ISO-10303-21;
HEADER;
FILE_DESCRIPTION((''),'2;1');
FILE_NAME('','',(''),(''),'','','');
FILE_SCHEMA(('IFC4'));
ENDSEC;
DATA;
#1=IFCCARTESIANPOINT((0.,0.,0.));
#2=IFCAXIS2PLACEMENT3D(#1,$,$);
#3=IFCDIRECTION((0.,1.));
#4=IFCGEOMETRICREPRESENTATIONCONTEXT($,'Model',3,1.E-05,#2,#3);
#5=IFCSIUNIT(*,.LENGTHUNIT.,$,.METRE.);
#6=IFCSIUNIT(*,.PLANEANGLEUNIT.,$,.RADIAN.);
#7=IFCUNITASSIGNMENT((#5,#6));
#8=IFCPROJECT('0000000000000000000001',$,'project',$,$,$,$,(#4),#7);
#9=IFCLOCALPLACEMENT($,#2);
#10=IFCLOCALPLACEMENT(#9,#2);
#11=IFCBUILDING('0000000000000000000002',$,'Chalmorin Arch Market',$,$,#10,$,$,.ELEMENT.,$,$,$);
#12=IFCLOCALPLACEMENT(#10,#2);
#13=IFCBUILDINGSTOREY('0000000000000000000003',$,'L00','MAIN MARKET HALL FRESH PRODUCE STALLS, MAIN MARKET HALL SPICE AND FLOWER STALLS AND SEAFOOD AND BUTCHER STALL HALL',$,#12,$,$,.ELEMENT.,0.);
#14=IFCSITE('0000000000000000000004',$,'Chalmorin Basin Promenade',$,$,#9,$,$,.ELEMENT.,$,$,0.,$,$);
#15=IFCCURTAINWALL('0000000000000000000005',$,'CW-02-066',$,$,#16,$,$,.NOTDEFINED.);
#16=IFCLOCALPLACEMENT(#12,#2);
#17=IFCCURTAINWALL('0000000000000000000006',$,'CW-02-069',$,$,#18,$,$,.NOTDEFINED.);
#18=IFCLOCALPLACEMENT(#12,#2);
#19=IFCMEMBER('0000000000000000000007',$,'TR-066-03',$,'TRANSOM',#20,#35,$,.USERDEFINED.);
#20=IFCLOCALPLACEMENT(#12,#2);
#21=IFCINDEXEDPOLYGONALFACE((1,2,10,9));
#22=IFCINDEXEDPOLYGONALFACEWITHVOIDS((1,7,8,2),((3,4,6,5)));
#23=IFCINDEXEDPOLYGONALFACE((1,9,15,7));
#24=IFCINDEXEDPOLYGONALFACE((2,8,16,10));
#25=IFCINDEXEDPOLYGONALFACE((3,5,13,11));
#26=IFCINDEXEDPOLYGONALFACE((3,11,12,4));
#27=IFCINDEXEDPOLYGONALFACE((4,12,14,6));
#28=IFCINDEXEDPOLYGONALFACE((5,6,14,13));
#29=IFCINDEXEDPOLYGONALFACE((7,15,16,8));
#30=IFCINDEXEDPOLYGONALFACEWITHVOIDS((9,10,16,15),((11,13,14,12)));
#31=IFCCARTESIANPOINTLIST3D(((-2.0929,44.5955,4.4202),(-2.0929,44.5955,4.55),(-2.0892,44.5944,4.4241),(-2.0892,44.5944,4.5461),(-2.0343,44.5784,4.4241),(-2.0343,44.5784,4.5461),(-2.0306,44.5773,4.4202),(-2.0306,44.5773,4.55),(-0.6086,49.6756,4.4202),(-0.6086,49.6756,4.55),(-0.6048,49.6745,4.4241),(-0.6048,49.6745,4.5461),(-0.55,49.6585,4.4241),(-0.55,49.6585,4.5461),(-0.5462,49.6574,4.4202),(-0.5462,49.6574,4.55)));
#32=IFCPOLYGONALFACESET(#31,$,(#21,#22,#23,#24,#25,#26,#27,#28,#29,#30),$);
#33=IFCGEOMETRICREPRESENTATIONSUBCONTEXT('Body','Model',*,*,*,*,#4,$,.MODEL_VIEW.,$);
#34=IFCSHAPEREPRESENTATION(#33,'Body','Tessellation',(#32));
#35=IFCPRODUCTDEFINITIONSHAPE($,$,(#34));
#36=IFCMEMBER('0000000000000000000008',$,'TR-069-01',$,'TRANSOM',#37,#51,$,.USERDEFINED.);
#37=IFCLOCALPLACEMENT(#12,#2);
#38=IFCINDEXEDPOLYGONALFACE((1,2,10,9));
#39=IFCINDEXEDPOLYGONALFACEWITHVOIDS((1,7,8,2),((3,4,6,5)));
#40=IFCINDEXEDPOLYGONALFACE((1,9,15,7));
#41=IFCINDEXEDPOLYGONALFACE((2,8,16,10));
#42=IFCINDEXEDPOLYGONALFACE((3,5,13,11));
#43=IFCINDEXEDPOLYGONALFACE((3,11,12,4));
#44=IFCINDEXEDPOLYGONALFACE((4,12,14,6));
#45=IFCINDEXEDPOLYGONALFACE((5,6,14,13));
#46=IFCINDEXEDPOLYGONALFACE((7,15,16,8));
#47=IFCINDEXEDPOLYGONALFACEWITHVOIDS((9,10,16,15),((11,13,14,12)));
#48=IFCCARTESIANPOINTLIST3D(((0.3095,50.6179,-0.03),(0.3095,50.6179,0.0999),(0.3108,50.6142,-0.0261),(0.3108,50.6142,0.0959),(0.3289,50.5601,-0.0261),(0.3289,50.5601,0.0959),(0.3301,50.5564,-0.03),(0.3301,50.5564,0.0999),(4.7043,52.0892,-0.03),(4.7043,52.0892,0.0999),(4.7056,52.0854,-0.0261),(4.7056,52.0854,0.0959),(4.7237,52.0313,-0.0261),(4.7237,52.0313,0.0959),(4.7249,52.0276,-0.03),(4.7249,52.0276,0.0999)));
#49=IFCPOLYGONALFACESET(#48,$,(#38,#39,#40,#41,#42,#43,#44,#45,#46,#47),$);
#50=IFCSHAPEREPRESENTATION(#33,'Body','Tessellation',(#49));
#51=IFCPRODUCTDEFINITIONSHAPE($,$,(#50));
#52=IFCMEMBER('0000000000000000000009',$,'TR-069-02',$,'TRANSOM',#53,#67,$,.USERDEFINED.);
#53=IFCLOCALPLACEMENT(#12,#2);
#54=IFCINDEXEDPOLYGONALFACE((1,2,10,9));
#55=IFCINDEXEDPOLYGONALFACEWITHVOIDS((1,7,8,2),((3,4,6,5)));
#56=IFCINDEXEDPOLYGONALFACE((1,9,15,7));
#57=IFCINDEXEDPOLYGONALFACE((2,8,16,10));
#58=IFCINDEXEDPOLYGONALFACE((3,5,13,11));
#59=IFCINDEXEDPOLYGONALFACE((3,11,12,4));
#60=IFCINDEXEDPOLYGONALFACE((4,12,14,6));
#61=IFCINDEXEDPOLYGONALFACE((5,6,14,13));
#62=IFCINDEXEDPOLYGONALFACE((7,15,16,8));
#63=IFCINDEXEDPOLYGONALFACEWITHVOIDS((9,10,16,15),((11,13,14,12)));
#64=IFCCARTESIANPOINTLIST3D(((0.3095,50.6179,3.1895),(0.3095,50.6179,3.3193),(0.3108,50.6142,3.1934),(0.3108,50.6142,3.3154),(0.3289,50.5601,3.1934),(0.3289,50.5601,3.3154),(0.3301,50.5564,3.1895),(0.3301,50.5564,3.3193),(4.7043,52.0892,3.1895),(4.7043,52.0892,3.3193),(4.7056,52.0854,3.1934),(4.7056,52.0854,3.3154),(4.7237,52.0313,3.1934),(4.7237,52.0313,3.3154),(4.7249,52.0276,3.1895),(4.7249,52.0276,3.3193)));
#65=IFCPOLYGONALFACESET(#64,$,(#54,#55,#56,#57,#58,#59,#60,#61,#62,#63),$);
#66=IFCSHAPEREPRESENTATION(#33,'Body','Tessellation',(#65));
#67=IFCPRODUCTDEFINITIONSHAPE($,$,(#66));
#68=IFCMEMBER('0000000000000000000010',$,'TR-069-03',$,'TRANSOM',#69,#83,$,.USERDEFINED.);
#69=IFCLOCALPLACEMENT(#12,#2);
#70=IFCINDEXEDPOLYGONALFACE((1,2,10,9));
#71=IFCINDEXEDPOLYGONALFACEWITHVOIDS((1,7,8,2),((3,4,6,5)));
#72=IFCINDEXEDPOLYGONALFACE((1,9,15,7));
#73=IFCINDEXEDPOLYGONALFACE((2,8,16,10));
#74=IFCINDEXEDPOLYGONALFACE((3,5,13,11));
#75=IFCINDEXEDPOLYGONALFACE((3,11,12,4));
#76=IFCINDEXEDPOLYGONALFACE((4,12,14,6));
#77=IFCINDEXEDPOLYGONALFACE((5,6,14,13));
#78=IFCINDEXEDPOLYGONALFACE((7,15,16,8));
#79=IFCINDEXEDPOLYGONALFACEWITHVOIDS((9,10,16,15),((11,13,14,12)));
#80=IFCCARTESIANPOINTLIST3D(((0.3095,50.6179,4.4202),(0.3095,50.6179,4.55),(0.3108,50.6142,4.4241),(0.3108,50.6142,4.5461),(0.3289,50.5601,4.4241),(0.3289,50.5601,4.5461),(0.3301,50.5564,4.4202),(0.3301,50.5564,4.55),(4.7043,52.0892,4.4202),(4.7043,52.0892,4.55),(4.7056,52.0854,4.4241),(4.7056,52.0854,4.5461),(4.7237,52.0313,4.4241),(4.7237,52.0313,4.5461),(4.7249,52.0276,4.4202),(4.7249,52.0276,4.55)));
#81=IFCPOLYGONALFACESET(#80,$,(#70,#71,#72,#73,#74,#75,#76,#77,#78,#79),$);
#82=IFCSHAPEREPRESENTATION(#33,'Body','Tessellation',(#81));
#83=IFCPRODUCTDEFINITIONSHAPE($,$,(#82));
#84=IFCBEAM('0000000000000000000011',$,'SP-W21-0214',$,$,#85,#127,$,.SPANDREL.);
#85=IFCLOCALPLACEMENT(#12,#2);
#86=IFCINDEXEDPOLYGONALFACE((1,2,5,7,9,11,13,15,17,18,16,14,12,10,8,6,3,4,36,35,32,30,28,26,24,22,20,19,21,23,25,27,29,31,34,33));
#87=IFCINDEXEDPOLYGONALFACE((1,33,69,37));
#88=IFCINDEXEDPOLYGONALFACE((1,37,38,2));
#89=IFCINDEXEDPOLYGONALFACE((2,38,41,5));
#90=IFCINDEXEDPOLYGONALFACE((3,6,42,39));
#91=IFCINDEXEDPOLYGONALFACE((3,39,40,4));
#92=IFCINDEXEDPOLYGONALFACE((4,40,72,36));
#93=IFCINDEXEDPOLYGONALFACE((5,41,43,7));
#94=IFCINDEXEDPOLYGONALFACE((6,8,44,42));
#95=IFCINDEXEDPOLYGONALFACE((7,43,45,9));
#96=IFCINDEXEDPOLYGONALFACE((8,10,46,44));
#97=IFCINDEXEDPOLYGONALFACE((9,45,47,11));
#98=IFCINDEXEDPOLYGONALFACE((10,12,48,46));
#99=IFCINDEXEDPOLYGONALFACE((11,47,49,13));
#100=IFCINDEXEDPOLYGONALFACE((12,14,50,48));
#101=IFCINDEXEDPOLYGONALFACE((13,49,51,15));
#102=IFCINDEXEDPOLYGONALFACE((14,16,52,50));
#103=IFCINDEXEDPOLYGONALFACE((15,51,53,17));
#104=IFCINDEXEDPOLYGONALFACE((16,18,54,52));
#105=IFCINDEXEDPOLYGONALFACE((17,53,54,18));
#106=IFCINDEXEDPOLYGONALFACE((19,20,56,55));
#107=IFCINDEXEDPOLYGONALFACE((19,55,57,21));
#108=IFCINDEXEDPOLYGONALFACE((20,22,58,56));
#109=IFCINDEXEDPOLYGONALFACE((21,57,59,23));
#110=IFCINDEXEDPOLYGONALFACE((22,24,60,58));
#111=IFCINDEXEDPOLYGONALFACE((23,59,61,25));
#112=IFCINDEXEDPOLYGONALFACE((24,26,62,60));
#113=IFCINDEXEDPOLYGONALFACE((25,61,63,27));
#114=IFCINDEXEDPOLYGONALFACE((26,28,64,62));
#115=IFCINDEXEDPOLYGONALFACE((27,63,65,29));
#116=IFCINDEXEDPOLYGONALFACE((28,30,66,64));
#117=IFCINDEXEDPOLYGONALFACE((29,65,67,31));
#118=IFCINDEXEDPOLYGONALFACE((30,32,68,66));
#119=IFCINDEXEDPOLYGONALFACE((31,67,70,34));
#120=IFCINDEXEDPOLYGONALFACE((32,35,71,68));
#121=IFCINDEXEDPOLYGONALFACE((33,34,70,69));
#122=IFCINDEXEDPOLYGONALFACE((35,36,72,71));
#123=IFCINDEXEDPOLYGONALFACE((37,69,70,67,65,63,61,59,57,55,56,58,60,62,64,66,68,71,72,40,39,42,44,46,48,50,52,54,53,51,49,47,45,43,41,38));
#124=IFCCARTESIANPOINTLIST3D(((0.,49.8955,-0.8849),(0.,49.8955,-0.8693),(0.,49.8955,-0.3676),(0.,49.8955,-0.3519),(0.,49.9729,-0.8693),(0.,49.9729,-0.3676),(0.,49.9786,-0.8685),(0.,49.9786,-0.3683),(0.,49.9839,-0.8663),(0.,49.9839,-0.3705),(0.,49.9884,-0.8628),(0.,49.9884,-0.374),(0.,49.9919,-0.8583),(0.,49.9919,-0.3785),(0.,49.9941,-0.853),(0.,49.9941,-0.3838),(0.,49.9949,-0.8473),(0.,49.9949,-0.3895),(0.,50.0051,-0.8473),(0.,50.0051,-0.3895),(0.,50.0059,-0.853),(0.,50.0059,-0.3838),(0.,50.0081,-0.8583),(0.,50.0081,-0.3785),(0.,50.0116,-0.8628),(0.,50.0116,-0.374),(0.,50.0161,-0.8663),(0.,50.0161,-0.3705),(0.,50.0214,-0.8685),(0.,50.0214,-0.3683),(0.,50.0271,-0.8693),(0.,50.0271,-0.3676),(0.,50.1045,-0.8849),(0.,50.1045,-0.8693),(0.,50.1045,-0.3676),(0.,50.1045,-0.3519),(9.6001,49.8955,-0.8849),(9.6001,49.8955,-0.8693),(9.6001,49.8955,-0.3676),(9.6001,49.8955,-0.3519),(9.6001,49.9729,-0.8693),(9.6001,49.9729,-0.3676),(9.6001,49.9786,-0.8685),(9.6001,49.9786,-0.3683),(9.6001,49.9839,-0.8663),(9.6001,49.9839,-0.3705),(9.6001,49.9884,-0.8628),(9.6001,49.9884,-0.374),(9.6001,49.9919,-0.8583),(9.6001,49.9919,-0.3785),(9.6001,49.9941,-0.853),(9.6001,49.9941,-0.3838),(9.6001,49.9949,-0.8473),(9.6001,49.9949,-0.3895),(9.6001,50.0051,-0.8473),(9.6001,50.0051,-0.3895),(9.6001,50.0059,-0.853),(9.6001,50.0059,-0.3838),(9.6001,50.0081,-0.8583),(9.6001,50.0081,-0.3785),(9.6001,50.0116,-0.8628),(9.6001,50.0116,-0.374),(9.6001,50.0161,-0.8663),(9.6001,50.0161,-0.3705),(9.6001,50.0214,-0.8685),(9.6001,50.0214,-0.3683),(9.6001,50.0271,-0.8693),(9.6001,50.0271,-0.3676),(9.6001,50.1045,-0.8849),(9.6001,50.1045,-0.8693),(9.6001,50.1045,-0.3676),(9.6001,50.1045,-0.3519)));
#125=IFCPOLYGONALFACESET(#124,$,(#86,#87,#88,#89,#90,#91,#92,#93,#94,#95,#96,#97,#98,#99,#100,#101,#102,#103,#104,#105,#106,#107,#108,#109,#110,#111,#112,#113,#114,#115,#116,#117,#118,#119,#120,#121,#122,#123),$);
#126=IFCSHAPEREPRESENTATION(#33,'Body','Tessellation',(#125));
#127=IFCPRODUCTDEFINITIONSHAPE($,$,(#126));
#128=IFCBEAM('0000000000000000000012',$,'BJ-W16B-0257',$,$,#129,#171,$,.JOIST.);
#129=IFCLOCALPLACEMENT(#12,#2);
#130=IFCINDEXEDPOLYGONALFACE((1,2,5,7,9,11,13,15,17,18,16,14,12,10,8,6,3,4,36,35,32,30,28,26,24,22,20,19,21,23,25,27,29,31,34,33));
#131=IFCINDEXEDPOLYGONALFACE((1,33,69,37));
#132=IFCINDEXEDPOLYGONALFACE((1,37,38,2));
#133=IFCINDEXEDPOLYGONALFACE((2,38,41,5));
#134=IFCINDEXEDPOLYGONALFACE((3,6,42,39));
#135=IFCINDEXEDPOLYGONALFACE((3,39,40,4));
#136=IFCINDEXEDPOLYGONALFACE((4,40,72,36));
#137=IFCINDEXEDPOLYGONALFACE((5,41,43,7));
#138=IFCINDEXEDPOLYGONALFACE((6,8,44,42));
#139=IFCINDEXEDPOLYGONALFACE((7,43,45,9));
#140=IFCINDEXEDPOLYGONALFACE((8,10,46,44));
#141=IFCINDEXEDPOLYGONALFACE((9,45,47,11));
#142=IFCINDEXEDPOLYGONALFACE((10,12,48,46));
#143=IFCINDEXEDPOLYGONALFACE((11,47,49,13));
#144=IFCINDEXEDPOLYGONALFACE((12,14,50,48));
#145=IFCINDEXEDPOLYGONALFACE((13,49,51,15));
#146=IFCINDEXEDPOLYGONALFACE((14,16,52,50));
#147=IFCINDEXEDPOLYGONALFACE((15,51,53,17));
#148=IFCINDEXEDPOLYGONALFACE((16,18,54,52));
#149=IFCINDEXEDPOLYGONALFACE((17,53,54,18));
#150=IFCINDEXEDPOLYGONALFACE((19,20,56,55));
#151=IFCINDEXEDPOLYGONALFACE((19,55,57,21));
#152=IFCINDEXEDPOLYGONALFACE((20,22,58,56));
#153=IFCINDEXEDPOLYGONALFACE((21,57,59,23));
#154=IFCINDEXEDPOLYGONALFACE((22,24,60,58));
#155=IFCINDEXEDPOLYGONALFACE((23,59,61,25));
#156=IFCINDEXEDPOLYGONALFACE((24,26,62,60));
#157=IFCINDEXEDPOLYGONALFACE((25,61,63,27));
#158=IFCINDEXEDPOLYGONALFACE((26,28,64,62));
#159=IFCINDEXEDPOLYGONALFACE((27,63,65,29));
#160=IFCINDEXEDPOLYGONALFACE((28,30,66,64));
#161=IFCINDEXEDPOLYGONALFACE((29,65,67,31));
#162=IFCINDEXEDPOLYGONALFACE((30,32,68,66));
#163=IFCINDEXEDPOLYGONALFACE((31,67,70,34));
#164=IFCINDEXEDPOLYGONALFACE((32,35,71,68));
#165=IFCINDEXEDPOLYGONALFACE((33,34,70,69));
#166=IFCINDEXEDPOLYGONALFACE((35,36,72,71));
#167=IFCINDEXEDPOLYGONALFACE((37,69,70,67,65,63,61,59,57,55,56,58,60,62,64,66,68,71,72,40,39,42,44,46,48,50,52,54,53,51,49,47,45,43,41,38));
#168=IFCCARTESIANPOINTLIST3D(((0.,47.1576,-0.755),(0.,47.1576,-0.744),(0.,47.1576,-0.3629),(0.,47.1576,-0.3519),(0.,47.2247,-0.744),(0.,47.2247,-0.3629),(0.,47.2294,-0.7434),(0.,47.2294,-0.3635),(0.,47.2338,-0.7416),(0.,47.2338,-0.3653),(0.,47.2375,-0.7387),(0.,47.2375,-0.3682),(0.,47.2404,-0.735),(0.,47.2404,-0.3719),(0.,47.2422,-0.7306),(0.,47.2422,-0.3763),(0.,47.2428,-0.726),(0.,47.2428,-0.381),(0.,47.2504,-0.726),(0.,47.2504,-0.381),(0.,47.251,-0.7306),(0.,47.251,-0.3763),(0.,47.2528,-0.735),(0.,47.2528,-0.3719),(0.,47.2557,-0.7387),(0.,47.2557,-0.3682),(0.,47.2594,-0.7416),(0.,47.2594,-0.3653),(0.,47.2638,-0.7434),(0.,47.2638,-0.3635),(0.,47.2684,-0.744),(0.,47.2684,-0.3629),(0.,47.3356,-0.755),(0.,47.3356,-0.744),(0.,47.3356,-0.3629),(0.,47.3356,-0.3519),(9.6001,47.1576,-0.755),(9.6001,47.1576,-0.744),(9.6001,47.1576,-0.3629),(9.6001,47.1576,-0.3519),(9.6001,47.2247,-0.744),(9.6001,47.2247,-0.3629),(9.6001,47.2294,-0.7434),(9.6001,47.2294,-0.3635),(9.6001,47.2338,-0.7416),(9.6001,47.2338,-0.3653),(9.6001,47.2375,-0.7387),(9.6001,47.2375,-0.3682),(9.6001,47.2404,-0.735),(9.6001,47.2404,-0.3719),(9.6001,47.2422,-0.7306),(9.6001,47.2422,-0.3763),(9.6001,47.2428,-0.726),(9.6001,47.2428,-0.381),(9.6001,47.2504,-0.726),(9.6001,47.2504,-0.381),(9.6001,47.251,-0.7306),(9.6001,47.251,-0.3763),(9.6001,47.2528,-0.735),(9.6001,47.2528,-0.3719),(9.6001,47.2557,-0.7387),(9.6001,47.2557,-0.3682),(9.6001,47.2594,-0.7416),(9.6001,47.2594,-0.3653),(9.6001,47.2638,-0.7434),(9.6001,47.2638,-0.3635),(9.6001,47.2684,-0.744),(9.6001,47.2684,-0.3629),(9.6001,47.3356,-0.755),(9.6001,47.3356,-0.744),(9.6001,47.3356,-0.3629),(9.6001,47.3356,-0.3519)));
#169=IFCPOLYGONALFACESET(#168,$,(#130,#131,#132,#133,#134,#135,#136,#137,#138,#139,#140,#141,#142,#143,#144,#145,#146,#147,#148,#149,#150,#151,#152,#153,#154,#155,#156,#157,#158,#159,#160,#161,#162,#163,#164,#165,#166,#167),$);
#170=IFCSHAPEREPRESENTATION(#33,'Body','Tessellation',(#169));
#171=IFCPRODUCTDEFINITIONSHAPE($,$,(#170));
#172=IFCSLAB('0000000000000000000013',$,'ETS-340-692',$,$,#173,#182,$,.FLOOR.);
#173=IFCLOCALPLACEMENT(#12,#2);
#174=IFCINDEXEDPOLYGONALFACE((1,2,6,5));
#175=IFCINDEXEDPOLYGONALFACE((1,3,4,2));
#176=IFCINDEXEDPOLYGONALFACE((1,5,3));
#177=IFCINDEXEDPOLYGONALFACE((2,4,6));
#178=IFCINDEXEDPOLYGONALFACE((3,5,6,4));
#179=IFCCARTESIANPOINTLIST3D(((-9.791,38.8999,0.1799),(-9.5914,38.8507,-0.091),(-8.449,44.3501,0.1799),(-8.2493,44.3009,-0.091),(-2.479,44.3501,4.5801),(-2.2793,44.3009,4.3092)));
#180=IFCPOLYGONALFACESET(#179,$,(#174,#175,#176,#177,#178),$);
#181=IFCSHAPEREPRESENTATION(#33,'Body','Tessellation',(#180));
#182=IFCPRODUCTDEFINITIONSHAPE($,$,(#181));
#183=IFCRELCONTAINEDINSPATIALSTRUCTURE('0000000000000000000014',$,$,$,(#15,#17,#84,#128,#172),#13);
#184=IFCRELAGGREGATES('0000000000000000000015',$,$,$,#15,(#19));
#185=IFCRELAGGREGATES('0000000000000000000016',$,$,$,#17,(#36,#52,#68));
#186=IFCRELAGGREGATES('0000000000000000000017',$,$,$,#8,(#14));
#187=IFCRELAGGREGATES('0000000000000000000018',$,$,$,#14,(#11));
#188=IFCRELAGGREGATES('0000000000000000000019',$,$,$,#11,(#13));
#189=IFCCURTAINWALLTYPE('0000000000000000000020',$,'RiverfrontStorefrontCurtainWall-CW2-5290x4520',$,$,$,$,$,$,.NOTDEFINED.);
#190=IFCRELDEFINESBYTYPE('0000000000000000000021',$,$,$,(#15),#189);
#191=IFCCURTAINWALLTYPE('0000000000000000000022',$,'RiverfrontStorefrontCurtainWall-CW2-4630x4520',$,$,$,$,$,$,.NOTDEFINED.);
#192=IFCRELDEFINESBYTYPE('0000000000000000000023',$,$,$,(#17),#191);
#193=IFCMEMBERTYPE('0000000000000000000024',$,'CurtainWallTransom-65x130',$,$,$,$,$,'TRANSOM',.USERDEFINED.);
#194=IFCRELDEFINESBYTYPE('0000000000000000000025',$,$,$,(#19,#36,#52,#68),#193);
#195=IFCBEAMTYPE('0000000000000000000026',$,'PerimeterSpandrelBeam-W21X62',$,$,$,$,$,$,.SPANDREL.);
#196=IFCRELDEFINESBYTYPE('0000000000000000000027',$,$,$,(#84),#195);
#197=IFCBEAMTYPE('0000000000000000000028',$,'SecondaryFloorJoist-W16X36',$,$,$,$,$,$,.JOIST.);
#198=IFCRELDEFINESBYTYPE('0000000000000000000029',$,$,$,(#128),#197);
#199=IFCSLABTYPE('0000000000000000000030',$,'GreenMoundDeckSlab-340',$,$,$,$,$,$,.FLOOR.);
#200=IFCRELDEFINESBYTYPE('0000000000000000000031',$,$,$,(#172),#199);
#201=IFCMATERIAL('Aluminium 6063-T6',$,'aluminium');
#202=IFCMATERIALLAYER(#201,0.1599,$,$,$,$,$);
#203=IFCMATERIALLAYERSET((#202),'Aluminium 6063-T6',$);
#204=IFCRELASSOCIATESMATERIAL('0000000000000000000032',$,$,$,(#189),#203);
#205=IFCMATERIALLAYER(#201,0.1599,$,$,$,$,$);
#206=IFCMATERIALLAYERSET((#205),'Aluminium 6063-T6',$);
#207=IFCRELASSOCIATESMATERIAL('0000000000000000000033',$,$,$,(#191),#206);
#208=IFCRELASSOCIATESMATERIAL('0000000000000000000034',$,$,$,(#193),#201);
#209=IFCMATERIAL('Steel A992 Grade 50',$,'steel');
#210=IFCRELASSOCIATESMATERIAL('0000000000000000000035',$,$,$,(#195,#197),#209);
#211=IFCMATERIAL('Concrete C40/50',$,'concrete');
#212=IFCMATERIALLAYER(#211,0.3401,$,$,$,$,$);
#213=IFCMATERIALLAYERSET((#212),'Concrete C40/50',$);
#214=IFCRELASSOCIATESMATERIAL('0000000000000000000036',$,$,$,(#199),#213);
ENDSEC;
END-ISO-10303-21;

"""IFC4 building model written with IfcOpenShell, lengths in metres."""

from ifc_helpers import new_model, si_unit, direction, frame, origin, origin_2d, place, context, subcontext, project, spatial, polyline, hollow_rectangle, i_section, outline, extrude, material, layer, layer_set, material_profile, profile_set, type_object, element, aggregate, save


model = new_model("IFC4")

# Units and contexts
model_context = context("Model", 3, precision=1e-05, world=origin(), true_north=direction((0.0, 1.0)))
body_context = subcontext(model_context, "Body", "Model", "MODEL_VIEW")
ifc_project = project(units=[si_unit("LENGTHUNIT", "METRE"), si_unit("PLANEANGLEUNIT", "RADIAN")], contexts=[model_context])

# Site, building, storey
site_placement = place(None, origin())
site = spatial("IfcSite", under=ifc_project, at=site_placement, Name="Chalmorin Basin Promenade", CompositionType="ELEMENT", RefElevation=0.0)
building_placement = place(site_placement, origin())
building = spatial("IfcBuilding", under=site, at=building_placement, Name="Chalmorin Arch Market", CompositionType="ELEMENT")
storey_placement = place(building_placement, origin())
storey = spatial("IfcBuildingStorey", under=building, at=storey_placement, Name="L00", Description="MAIN MARKET HALL FRESH PRODUCE STALLS, MAIN MARKET HALL SPICE AND FLOWER STALLS AND SEAFOOD AND BUTCHER STALL HALL", CompositionType="ELEMENT", Elevation=0.0)

# Shared definitions
ifc_material_1 = material(Name="Concrete C40/50", Category="concrete")

# Shared definitions
ifc_material_2 = material(Name="Aluminium 6063-T6", Category="aluminium")

# Curtain walls
ifc_layer_1 = layer(ifc_material_2, 0.1599)
ifc_layer_set_1 = layer_set([ifc_layer_1], Name="Aluminium 6063-T6")
curtain_wall_type_1 = type_object("IfcCurtainWallType", Name="RiverfrontStorefrontCurtainWall-CW2-5290x4520", PredefinedType="NOTDEFINED", material=ifc_layer_set_1)
curtain_wall_1_placement = place(storey_placement, origin())
curtain_wall_1 = element("IfcCurtainWall", 1, at=curtain_wall_1_placement, inside=storey, type_object=curtain_wall_type_1, Name="CW-02-066", PredefinedType="NOTDEFINED")
ifc_layer_2 = layer(ifc_material_2, 0.1599)
ifc_layer_set_2 = layer_set([ifc_layer_2], Name="Aluminium 6063-T6")
curtain_wall_type_2 = type_object("IfcCurtainWallType", Name="RiverfrontStorefrontCurtainWall-CW2-4630x4520", PredefinedType="NOTDEFINED", material=ifc_layer_set_2)
curtain_wall_2_placement = place(storey_placement, origin())
curtain_wall_2 = element("IfcCurtainWall", 2, at=curtain_wall_2_placement, inside=storey, type_object=curtain_wall_type_2, Name="CW-02-069", PredefinedType="NOTDEFINED")

# Members
ifc_material_profile_1 = material_profile(ifc_material_2, hollow_rectangle(XDim=0.0649, YDim=0.1299, WallThickness=0.0039, at=origin_2d()), Name="ALU65X130X4")
ifc_profile_set_1 = profile_set([ifc_material_profile_1], Name="Aluminium 6063-T6")
member_type_1 = type_object("IfcMemberType", Name="CurtainWallTransom-65x130", ElementType="TRANSOM", PredefinedType="USERDEFINED", material=ifc_profile_set_1)
member_1_placement = place(storey_placement, frame((-2.0618, 44.5864, 4.4851), z_axis=(0.280468, 0.959863, 0.0), x_axis=(-0.959863, 0.280468, 0.0)))
member_1 = element("IfcMember", 3, at=member_1_placement, type_object=member_type_1, Name="TR-066-03", ObjectType="TRANSOM", PredefinedType="USERDEFINED", context=body_context, shape_type="SweptSolid", body=[
    extrude(hollow_rectangle(XDim=0.0649, YDim=0.1299, WallThickness=0.0039, at=origin_2d()), origin(), (0.0, 0.0, 1.0), 5.2925),
])
member_2_placement = place(storey_placement, frame((0.3198, 50.5872, 0.0349), z_axis=(0.948277, 0.317444, 0.0), x_axis=(-0.317444, 0.948277, 0.0)))
member_2 = element("IfcMember", 4, at=member_2_placement, type_object=member_type_1, Name="TR-069-01", ObjectType="TRANSOM", PredefinedType="USERDEFINED", context=body_context, shape_type="SweptSolid", body=[
    extrude(hollow_rectangle(XDim=0.0649, YDim=0.1299, WallThickness=0.0039, at=origin_2d()), origin(), (0.0, 0.0, 1.0), 4.6345),
])
member_3_placement = place(storey_placement, frame((0.3198, 50.5872, 3.2544), z_axis=(0.948277, 0.317444, 0.0), x_axis=(-0.317444, 0.948277, 0.0)))
member_3 = element("IfcMember", 5, at=member_3_placement, type_object=member_type_1, Name="TR-069-02", ObjectType="TRANSOM", PredefinedType="USERDEFINED", context=body_context, shape_type="SweptSolid", body=[
    extrude(hollow_rectangle(XDim=0.0649, YDim=0.1299, WallThickness=0.0039, at=origin_2d()), origin(), (0.0, 0.0, 1.0), 4.6345),
])
member_4_placement = place(storey_placement, frame((0.3198, 50.5872, 4.4851), z_axis=(0.948277, 0.317444, 0.0), x_axis=(-0.317444, 0.948277, 0.0)))
member_4 = element("IfcMember", 6, at=member_4_placement, type_object=member_type_1, Name="TR-069-03", ObjectType="TRANSOM", PredefinedType="USERDEFINED", context=body_context, shape_type="SweptSolid", body=[
    extrude(hollow_rectangle(XDim=0.0649, YDim=0.1299, WallThickness=0.0039, at=origin_2d()), origin(), (0.0, 0.0, 1.0), 4.6345),
])

# Beams
ifc_material_3 = material(Name="Steel A992 Grade 50", Category="steel")
ifc_material_profile_2 = material_profile(ifc_material_3, i_section(OverallWidth=0.209, OverallDepth=0.533, WebThickness=0.0103, FlangeThickness=0.0156, FilletRadius=0.022, at=origin_2d()), Name="W21X62")
ifc_profile_set_2 = profile_set([ifc_material_profile_2], Name="Steel A992 Grade 50")
beam_type_1 = type_object("IfcBeamType", Name="PerimeterSpandrelBeam-W21X62", PredefinedType="SPANDREL", material=ifc_profile_set_2)
beam_1_placement = place(storey_placement, frame((0.0, 50.0, -0.6184), z_axis=(1.0, 0.0, 0.0), x_axis=(0.0, 1.0, 0.0)))
element("IfcBeam", 7, at=beam_1_placement, inside=storey, type_object=beam_type_1, Name="SP-W21-0214", PredefinedType="SPANDREL", context=body_context, shape_type="SweptSolid", body=[
    extrude(i_section(OverallWidth=0.209, OverallDepth=0.533, WebThickness=0.0103, FlangeThickness=0.0156, FilletRadius=0.022, at=origin_2d()), origin(), (0.0, 0.0, 1.0), 9.6001),
])
ifc_material_profile_3 = material_profile(ifc_material_3, i_section(OverallWidth=0.178, OverallDepth=0.4031, WebThickness=0.0076, FlangeThickness=0.011, FilletRadius=0.0181, at=origin_2d()), Name="W16X36")
ifc_profile_set_3 = profile_set([ifc_material_profile_3], Name="Steel A992 Grade 50")
beam_type_2 = type_object("IfcBeamType", Name="SecondaryFloorJoist-W16X36", PredefinedType="JOIST", material=ifc_profile_set_3)
beam_2_placement = place(storey_placement, frame((0.0, 47.2466, -0.5535), z_axis=(1.0, 0.0, 0.0), x_axis=(0.0, 1.0, 0.0)))
element("IfcBeam", 8, at=beam_2_placement, inside=storey, type_object=beam_type_2, Name="BJ-W16B-0257", PredefinedType="JOIST", context=body_context, shape_type="SweptSolid", body=[
    extrude(i_section(OverallWidth=0.178, OverallDepth=0.4031, WebThickness=0.0076, FlangeThickness=0.011, FilletRadius=0.0181, at=origin_2d()), origin(), (0.0, 0.0, 1.0), 9.6001),
])

# Slab
ifc_layer_3 = layer(ifc_material_1, 0.3401)
ifc_layer_set_3 = layer_set([ifc_layer_3], Name="Concrete C40/50")
slab_type = type_object("IfcSlabType", Name="GreenMoundDeckSlab-340", PredefinedType="FLOOR", material=ifc_layer_set_3)
slab_1_placement = place(storey_placement, frame((-2.479, 44.3501, 4.5801), z_axis=(-0.587074, 0.144559, 0.796522), x_axis=(-0.804977, 0.0, -0.593306)))
element("IfcSlab", 9, at=slab_1_placement, inside=storey, type_object=slab_type, Name="ETS-340-692", PredefinedType="FLOOR", context=body_context, shape_type="SweptSolid", body=[
    extrude(outline(polyline([(0.0, 0.0), (7.4163, 0.0), (8.4966, 5.5081), (0.0, 0.0)])), origin(), (0.0, 0.0, -1.0), 0.3401),
])

aggregate(curtain_wall_1, [member_1])
aggregate(curtain_wall_2, [member_2, member_3, member_4])

save(model, "model.ifc")
